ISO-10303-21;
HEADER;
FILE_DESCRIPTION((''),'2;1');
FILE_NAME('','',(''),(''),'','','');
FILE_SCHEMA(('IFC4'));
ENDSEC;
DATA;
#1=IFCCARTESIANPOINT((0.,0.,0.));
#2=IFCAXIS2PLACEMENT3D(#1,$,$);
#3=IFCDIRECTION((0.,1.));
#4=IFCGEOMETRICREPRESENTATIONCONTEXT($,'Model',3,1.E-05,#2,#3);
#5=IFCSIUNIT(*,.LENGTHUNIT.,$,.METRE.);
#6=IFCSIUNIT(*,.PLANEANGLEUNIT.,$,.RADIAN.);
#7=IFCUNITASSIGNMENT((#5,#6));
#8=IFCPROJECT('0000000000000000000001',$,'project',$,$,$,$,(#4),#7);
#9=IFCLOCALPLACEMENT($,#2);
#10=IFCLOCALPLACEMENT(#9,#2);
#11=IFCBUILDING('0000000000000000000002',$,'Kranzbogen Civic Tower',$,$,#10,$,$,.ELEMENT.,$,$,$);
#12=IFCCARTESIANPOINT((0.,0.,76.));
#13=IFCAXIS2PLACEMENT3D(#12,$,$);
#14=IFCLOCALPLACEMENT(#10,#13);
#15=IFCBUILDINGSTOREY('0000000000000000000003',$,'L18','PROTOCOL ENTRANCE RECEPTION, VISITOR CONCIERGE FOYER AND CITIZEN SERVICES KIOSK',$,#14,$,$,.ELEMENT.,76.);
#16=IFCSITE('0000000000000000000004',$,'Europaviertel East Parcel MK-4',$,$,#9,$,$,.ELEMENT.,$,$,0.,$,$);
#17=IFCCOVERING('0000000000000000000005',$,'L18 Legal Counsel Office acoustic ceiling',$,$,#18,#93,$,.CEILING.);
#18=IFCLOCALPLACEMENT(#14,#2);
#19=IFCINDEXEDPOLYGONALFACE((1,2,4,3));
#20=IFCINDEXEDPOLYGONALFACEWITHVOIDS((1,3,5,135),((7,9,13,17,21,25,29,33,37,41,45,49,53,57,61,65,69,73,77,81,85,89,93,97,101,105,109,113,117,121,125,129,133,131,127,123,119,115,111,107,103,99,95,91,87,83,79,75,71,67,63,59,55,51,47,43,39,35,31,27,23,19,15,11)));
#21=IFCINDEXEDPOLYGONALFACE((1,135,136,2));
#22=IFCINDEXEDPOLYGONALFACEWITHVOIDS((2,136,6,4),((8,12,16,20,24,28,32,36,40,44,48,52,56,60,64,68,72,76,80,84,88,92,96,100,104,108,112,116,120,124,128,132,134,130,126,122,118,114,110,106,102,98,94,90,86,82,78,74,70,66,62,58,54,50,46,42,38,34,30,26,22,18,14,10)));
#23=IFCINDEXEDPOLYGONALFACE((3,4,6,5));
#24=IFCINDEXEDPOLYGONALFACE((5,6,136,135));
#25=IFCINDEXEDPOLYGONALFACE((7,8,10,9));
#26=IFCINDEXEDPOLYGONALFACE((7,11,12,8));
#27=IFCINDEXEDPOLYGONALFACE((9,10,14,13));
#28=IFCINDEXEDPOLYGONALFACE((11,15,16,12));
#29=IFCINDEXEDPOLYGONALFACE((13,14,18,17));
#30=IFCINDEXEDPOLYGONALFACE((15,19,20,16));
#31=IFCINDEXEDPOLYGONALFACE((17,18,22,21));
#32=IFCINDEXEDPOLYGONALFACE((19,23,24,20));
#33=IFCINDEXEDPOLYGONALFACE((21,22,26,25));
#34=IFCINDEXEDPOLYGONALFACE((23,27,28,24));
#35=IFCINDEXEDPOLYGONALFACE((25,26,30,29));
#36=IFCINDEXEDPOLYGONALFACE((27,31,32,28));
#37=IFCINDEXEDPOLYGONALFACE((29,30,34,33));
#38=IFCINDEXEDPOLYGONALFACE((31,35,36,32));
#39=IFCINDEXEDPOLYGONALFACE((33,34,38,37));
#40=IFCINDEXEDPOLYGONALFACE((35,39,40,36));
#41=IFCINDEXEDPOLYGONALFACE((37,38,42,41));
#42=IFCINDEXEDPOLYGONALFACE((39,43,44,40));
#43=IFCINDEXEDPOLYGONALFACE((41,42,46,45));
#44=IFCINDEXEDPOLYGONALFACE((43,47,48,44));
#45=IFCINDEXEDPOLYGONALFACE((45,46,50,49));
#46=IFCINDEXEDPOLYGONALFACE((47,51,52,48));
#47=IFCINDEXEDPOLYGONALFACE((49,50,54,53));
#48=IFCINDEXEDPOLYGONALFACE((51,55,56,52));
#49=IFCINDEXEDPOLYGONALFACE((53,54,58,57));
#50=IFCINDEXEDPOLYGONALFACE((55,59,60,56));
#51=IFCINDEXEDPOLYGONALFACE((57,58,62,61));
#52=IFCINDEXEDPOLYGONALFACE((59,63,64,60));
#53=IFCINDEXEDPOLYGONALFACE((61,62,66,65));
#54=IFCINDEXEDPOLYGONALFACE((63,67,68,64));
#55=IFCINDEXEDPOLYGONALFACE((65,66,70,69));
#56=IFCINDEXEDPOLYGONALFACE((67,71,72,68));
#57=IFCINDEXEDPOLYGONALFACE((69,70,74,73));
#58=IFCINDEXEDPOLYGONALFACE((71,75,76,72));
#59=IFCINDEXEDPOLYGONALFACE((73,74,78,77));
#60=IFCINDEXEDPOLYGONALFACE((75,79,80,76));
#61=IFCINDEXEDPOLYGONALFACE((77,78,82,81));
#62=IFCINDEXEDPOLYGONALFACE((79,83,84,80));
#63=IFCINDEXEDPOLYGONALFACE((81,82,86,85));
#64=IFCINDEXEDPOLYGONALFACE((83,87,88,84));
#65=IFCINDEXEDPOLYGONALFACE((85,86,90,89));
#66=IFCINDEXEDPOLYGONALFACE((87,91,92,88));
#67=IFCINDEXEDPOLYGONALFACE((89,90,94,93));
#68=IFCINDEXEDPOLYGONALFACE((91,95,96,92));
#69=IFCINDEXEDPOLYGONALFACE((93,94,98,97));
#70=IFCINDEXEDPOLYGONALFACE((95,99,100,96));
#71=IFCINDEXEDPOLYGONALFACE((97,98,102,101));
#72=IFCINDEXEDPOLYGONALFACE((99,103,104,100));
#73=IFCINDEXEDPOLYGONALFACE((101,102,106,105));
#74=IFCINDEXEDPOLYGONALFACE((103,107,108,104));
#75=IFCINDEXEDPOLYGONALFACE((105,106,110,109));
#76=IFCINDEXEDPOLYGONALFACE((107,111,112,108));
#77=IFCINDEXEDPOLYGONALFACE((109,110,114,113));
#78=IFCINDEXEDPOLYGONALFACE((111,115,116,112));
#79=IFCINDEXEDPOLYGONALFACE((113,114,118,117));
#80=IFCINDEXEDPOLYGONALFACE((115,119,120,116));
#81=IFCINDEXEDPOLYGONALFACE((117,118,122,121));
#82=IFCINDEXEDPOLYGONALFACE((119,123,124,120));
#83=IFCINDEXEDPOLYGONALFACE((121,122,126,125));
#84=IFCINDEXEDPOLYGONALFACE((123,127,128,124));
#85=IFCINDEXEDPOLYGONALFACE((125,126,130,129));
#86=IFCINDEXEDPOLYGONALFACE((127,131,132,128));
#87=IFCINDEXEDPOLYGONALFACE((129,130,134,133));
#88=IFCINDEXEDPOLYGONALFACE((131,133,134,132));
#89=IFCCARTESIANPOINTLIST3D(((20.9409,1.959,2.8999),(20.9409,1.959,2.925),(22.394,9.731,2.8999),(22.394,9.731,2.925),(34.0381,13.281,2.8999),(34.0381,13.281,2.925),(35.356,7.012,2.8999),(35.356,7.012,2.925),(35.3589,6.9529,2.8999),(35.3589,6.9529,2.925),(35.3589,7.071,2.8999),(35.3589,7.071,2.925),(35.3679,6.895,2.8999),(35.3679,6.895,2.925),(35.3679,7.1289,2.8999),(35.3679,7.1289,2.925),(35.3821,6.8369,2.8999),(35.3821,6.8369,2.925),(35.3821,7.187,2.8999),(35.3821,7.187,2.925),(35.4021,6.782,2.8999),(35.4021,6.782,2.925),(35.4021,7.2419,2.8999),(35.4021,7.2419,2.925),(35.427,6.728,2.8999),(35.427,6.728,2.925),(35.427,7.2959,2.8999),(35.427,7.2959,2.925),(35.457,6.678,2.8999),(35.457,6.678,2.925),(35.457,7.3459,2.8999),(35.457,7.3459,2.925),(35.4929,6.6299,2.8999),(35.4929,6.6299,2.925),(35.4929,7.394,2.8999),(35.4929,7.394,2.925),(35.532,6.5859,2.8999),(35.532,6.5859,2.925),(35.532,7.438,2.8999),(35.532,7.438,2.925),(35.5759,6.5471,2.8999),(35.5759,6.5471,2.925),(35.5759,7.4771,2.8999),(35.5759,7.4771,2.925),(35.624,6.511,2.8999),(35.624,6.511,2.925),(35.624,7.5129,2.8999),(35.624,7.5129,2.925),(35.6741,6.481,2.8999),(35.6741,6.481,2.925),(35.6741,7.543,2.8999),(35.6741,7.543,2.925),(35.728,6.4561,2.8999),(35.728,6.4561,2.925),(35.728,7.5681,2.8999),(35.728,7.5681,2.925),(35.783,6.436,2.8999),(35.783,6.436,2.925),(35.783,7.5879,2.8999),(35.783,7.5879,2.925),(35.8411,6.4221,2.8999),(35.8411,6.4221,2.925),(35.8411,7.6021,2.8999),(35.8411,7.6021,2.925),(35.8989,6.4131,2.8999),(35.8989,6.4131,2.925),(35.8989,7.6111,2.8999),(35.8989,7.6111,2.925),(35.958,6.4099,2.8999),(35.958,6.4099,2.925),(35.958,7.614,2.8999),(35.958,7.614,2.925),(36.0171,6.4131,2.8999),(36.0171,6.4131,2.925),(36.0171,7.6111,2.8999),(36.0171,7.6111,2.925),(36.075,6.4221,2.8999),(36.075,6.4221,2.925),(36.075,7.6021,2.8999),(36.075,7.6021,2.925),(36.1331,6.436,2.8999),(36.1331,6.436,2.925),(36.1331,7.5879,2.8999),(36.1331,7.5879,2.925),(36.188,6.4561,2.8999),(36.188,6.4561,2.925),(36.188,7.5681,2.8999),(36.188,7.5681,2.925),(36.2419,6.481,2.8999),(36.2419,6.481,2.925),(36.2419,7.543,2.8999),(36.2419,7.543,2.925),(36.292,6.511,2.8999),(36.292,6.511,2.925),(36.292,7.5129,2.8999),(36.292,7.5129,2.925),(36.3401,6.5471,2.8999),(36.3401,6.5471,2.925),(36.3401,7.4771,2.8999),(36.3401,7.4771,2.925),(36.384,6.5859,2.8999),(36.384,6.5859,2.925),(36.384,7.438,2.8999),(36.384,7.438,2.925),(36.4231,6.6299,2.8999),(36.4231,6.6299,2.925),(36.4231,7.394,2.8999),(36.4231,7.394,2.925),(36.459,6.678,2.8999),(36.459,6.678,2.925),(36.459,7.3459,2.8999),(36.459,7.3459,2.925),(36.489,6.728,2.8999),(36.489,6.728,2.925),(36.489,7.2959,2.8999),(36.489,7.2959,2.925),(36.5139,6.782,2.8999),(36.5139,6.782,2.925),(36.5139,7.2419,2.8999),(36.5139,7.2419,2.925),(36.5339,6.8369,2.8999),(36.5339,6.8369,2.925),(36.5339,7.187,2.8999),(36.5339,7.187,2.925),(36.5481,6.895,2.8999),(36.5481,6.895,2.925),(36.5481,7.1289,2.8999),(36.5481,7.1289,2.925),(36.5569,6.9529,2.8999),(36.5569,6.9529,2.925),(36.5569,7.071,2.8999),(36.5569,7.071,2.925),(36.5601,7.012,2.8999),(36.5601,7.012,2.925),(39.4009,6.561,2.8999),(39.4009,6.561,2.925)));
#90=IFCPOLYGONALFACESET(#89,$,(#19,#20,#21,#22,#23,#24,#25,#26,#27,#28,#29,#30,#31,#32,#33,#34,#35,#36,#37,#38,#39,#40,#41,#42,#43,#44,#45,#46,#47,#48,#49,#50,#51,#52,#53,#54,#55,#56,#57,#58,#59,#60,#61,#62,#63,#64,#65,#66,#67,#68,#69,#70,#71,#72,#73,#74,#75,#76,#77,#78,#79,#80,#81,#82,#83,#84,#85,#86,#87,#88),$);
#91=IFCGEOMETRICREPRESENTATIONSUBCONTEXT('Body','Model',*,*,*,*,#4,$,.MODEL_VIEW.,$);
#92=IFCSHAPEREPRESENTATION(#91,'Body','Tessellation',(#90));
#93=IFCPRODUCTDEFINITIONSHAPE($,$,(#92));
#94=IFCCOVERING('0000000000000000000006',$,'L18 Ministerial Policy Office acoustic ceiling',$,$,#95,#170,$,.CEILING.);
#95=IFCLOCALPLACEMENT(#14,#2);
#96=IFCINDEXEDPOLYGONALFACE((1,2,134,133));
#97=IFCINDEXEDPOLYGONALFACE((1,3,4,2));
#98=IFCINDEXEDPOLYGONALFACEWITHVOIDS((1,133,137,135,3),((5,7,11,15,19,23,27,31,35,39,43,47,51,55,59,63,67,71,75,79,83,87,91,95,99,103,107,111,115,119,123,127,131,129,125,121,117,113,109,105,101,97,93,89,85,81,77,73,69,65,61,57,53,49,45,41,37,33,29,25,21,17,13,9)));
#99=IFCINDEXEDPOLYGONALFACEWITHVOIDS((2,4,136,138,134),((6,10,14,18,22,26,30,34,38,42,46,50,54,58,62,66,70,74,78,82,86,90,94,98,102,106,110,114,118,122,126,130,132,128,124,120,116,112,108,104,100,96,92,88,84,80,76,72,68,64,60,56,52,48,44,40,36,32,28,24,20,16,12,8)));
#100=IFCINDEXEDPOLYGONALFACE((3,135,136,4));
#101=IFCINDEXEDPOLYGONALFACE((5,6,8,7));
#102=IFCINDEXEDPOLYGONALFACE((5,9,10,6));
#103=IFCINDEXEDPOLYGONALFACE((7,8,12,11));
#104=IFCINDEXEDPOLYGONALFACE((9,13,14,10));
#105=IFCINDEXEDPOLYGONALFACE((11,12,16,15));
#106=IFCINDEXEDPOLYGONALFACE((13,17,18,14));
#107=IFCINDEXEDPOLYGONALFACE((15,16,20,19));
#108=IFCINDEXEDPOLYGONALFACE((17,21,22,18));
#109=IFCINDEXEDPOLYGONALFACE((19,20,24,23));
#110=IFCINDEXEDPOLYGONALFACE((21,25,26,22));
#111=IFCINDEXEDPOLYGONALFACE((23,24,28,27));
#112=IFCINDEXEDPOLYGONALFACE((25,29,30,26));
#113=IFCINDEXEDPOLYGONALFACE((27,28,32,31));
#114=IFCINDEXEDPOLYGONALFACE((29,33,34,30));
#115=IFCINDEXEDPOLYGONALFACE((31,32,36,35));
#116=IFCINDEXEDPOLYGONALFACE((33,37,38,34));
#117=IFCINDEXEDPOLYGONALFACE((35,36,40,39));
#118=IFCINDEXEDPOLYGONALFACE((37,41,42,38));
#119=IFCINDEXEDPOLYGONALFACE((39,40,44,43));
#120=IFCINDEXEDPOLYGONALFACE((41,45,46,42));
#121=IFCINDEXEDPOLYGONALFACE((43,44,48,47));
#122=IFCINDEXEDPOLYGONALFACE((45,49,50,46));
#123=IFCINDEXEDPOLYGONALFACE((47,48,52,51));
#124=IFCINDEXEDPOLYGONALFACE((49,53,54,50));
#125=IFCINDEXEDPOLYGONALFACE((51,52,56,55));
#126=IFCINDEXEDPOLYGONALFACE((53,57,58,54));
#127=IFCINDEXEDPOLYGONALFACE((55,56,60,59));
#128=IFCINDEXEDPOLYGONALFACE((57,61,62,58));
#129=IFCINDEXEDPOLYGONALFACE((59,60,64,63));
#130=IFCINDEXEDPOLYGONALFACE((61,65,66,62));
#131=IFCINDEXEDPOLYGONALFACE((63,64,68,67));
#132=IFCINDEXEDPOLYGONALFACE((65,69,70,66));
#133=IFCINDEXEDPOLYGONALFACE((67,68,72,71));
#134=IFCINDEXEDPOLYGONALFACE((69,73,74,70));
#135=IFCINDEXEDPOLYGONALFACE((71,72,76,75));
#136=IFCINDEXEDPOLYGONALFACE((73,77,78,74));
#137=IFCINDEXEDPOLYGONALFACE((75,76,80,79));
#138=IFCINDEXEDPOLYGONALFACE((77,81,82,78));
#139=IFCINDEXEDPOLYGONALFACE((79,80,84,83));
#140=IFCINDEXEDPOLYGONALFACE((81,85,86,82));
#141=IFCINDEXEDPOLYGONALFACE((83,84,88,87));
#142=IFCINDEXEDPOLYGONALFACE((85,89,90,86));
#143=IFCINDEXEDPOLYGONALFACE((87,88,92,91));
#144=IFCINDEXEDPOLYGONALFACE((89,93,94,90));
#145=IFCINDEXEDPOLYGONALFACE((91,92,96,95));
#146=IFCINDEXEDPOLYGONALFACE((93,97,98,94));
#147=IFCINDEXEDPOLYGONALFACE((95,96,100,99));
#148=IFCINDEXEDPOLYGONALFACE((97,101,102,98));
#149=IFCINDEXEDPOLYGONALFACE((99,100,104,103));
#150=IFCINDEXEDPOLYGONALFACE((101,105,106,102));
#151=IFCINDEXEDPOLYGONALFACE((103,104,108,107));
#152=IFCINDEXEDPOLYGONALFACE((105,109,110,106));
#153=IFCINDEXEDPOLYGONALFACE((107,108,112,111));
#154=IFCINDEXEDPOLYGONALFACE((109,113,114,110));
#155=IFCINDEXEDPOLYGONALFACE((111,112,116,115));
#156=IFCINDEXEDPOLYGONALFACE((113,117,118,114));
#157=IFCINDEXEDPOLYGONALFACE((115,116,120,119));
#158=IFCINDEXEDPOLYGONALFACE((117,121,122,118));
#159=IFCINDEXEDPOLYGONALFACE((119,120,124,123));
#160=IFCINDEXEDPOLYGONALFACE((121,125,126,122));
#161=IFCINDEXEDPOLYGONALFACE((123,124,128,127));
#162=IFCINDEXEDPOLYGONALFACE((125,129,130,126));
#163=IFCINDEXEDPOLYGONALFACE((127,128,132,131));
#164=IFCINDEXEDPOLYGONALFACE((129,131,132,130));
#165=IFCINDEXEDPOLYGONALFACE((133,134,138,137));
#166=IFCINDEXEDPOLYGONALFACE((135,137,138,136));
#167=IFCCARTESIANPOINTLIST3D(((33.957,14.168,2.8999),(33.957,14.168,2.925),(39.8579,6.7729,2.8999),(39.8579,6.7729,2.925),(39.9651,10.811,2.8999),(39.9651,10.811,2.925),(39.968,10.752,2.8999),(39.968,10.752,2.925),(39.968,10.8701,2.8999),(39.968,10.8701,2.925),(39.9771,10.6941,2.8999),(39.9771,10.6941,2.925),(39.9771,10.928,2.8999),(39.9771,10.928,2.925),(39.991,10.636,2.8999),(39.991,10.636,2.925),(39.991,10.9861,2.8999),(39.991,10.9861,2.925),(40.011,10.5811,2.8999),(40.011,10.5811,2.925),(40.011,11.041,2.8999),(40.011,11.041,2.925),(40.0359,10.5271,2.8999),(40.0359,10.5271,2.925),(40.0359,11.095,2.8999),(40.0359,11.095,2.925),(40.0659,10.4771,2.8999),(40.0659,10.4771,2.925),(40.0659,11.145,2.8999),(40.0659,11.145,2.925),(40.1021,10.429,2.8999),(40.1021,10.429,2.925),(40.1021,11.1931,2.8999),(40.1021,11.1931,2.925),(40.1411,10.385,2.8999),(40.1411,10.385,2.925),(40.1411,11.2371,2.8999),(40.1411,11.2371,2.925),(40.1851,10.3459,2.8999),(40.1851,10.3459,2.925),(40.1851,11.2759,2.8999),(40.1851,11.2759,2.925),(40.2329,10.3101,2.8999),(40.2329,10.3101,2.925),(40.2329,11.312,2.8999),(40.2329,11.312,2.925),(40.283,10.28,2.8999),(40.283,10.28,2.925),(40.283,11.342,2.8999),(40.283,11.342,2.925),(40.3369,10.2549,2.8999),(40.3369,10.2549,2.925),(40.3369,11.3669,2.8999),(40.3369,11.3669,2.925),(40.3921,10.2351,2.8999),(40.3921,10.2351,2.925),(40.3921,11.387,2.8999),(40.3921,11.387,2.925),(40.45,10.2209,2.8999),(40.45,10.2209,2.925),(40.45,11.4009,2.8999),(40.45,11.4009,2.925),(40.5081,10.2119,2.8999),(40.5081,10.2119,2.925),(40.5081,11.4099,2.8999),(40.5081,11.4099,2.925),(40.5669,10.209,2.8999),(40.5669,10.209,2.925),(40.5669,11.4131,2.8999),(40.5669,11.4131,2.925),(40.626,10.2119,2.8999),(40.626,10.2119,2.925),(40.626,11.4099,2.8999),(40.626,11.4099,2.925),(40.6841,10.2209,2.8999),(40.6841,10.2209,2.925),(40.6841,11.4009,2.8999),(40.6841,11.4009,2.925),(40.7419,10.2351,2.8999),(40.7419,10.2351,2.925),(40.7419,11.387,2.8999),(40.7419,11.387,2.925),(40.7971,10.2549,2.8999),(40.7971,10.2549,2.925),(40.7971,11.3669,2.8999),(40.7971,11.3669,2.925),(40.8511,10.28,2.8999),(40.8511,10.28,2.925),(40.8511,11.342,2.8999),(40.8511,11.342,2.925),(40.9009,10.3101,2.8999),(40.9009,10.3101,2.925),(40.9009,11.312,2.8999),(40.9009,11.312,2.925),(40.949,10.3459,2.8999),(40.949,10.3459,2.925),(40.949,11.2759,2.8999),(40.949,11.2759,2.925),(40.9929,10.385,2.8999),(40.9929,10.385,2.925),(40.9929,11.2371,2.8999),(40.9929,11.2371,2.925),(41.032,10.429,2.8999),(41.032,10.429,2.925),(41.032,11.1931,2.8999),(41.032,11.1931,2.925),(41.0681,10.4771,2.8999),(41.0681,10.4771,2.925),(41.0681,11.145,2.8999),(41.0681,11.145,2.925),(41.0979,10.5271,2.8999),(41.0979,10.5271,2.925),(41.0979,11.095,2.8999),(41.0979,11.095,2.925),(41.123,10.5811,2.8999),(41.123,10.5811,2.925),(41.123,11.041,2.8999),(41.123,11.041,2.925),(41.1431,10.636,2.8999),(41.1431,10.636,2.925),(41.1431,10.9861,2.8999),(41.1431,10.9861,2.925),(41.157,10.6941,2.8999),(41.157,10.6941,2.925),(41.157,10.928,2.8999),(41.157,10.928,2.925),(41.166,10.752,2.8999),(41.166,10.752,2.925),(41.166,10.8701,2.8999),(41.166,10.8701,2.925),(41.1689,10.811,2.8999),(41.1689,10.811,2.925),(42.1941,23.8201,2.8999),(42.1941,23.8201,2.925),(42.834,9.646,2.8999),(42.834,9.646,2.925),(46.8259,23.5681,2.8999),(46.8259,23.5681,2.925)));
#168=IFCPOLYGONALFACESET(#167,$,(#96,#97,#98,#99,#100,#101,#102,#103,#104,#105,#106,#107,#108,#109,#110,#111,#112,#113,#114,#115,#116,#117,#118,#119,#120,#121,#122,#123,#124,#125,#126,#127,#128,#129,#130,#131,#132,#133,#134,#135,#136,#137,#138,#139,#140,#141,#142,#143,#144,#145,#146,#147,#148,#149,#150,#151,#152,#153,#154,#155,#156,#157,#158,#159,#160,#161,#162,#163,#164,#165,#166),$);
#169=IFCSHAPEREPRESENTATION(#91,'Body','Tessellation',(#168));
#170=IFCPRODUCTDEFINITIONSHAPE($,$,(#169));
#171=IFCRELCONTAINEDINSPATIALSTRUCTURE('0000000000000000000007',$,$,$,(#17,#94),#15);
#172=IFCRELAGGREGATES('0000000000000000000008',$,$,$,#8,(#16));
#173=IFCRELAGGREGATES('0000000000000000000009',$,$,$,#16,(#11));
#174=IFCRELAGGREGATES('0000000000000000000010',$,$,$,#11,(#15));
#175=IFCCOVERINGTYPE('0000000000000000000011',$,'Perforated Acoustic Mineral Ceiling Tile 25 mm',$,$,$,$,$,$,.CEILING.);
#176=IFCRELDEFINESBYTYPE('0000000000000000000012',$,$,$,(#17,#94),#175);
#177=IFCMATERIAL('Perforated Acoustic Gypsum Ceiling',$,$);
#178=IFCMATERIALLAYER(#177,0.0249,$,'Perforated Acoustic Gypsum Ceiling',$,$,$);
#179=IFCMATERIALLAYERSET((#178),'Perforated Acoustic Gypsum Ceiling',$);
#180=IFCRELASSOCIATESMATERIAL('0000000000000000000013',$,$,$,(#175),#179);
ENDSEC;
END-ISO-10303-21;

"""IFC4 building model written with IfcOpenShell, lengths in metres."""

from ifc_helpers import new_model, si_unit, direction, frame, origin, place, context, subcontext, project, spatial, polyline, outline, extrude, material, layer, layer_set, type_object, element, save


model = new_model("IFC4")

# Units and contexts
model_context = context("Model", 3, precision=1e-05, world=origin(), true_north=direction((0.0, 1.0)))
body_context = subcontext(model_context, "Body", "Model", "MODEL_VIEW")
ifc_project = project(units=[si_unit("LENGTHUNIT", "METRE"), si_unit("PLANEANGLEUNIT", "RADIAN")], contexts=[model_context])

# Site, building, storey
site_placement = place(None, origin())
site = spatial("IfcSite", under=ifc_project, at=site_placement, Name="Europaviertel East Parcel MK-4", CompositionType="ELEMENT", RefElevation=0.0)
building_placement = place(site_placement, origin())
building = spatial("IfcBuilding", under=site, at=building_placement, Name="Kranzbogen Civic Tower", CompositionType="ELEMENT")
storey_placement = place(building_placement, frame((0.0, 0.0, 76.0)))
storey = spatial("IfcBuildingStorey", under=building, at=storey_placement, Name="L18", Description="PROTOCOL ENTRANCE RECEPTION, VISITOR CONCIERGE FOYER AND CITIZEN SERVICES KIOSK", CompositionType="ELEMENT", Elevation=76.0)

# Coverings
ifc_material_1 = material(Name="Perforated Acoustic Gypsum Ceiling")
ifc_layer_1 = layer(ifc_material_1, 0.0249, Name="Perforated Acoustic Gypsum Ceiling")
ifc_layer_set_1 = layer_set([ifc_layer_1], Name="Perforated Acoustic Gypsum Ceiling")
covering_type = type_object("IfcCoveringType", Name="Perforated Acoustic Mineral Ceiling Tile 25 mm", PredefinedType="CEILING", material=ifc_layer_set_1)
covering_1_placement = place(storey_placement, frame((0.0, 0.0, 2.8999)))
element("IfcCovering", 1, at=covering_1_placement, inside=storey, type_object=covering_type, Name="L18 Legal Counsel Office acoustic ceiling", PredefinedType="CEILING", context=body_context, shape_type="SweptSolid", body=[
    extrude(outline(polyline([(34.0381, 13.281), (39.4009, 6.561), (20.9409, 1.959), (22.394, 9.731), (34.0381, 13.281)]), holes=[polyline([(36.5139, 6.782), (36.489, 6.728), (36.459, 6.678), (36.4231, 6.6299), (36.384, 6.5859), (36.3401, 6.5471), (36.292, 6.511), (36.2419, 6.481), (36.188, 6.4561), (36.1331, 6.436), (36.075, 6.4221), (36.0171, 6.4131), (35.958, 6.4099), (35.8989, 6.4131), (35.8411, 6.4221), (35.783, 6.436), (35.728, 6.4561), (35.6741, 6.481), (35.624, 6.511), (35.5759, 6.5471), (35.532, 6.5859), (35.4929, 6.6299), (35.457, 6.678), (35.427, 6.728), (35.4021, 6.782), (35.3821, 6.8369), (35.3679, 6.895), (35.3589, 6.9529), (35.356, 7.012), (35.3589, 7.071), (35.3679, 7.1289), (35.3821, 7.187), (35.4021, 7.2419), (35.427, 7.2959), (35.457, 7.3459), (35.4929, 7.394), (35.532, 7.438), (35.5759, 7.4771), (35.624, 7.5129), (35.6741, 7.543), (35.728, 7.5681), (35.783, 7.5879), (35.8411, 7.6021), (35.8989, 7.6111), (35.958, 7.614), (36.0171, 7.6111), (36.075, 7.6021), (36.1331, 7.5879), (36.188, 7.5681), (36.2419, 7.543), (36.292, 7.5129), (36.3401, 7.4771), (36.384, 7.438), (36.4231, 7.394), (36.459, 7.3459), (36.489, 7.2959), (36.5139, 7.2419), (36.5339, 7.187), (36.5481, 7.1289), (36.5569, 7.071), (36.5601, 7.012), (36.5569, 6.9529), (36.5481, 6.895), (36.5339, 6.8369), (36.5139, 6.782)])]), origin(), (0.0, 0.0, 1.0), 0.0251),
])
covering_2_placement = place(storey_placement, frame((0.0, 0.0, 2.8999)))
element("IfcCovering", 2, at=covering_2_placement, inside=storey, type_object=covering_type, Name="L18 Ministerial Policy Office acoustic ceiling", PredefinedType="CEILING", context=body_context, shape_type="SweptSolid", body=[
    extrude(outline(polyline([(33.957, 14.168), (42.1941, 23.8201), (46.8259, 23.5681), (42.834, 9.646), (39.8579, 6.7729), (33.957, 14.168)]), holes=[polyline([(41.123, 10.5811), (41.0979, 10.5271), (41.0681, 10.4771), (41.032, 10.429), (40.9929, 10.385), (40.949, 10.3459), (40.9009, 10.3101), (40.8511, 10.28), (40.7971, 10.2549), (40.7419, 10.2351), (40.6841, 10.2209), (40.626, 10.2119), (40.5669, 10.209), (40.5081, 10.2119), (40.45, 10.2209), (40.3921, 10.2351), (40.3369, 10.2549), (40.283, 10.28), (40.2329, 10.3101), (40.1851, 10.3459), (40.1411, 10.385), (40.1021, 10.429), (40.0659, 10.4771), (40.0359, 10.5271), (40.011, 10.5811), (39.991, 10.636), (39.9771, 10.6941), (39.968, 10.752), (39.9651, 10.811), (39.968, 10.8701), (39.9771, 10.928), (39.991, 10.9861), (40.011, 11.041), (40.0359, 11.095), (40.0659, 11.145), (40.1021, 11.1931), (40.1411, 11.2371), (40.1851, 11.2759), (40.2329, 11.312), (40.283, 11.342), (40.3369, 11.3669), (40.3921, 11.387), (40.45, 11.4009), (40.5081, 11.4099), (40.5669, 11.4131), (40.626, 11.4099), (40.6841, 11.4009), (40.7419, 11.387), (40.7971, 11.3669), (40.8511, 11.342), (40.9009, 11.312), (40.949, 11.2759), (40.9929, 11.2371), (41.032, 11.1931), (41.0681, 11.145), (41.0979, 11.095), (41.123, 11.041), (41.1431, 10.9861), (41.157, 10.928), (41.166, 10.8701), (41.1689, 10.811), (41.166, 10.752), (41.157, 10.6941), (41.1431, 10.636), (41.123, 10.5811)])]), origin(), (0.0, 0.0, 1.0), 0.0251),
])

save(model, "model.ifc")
